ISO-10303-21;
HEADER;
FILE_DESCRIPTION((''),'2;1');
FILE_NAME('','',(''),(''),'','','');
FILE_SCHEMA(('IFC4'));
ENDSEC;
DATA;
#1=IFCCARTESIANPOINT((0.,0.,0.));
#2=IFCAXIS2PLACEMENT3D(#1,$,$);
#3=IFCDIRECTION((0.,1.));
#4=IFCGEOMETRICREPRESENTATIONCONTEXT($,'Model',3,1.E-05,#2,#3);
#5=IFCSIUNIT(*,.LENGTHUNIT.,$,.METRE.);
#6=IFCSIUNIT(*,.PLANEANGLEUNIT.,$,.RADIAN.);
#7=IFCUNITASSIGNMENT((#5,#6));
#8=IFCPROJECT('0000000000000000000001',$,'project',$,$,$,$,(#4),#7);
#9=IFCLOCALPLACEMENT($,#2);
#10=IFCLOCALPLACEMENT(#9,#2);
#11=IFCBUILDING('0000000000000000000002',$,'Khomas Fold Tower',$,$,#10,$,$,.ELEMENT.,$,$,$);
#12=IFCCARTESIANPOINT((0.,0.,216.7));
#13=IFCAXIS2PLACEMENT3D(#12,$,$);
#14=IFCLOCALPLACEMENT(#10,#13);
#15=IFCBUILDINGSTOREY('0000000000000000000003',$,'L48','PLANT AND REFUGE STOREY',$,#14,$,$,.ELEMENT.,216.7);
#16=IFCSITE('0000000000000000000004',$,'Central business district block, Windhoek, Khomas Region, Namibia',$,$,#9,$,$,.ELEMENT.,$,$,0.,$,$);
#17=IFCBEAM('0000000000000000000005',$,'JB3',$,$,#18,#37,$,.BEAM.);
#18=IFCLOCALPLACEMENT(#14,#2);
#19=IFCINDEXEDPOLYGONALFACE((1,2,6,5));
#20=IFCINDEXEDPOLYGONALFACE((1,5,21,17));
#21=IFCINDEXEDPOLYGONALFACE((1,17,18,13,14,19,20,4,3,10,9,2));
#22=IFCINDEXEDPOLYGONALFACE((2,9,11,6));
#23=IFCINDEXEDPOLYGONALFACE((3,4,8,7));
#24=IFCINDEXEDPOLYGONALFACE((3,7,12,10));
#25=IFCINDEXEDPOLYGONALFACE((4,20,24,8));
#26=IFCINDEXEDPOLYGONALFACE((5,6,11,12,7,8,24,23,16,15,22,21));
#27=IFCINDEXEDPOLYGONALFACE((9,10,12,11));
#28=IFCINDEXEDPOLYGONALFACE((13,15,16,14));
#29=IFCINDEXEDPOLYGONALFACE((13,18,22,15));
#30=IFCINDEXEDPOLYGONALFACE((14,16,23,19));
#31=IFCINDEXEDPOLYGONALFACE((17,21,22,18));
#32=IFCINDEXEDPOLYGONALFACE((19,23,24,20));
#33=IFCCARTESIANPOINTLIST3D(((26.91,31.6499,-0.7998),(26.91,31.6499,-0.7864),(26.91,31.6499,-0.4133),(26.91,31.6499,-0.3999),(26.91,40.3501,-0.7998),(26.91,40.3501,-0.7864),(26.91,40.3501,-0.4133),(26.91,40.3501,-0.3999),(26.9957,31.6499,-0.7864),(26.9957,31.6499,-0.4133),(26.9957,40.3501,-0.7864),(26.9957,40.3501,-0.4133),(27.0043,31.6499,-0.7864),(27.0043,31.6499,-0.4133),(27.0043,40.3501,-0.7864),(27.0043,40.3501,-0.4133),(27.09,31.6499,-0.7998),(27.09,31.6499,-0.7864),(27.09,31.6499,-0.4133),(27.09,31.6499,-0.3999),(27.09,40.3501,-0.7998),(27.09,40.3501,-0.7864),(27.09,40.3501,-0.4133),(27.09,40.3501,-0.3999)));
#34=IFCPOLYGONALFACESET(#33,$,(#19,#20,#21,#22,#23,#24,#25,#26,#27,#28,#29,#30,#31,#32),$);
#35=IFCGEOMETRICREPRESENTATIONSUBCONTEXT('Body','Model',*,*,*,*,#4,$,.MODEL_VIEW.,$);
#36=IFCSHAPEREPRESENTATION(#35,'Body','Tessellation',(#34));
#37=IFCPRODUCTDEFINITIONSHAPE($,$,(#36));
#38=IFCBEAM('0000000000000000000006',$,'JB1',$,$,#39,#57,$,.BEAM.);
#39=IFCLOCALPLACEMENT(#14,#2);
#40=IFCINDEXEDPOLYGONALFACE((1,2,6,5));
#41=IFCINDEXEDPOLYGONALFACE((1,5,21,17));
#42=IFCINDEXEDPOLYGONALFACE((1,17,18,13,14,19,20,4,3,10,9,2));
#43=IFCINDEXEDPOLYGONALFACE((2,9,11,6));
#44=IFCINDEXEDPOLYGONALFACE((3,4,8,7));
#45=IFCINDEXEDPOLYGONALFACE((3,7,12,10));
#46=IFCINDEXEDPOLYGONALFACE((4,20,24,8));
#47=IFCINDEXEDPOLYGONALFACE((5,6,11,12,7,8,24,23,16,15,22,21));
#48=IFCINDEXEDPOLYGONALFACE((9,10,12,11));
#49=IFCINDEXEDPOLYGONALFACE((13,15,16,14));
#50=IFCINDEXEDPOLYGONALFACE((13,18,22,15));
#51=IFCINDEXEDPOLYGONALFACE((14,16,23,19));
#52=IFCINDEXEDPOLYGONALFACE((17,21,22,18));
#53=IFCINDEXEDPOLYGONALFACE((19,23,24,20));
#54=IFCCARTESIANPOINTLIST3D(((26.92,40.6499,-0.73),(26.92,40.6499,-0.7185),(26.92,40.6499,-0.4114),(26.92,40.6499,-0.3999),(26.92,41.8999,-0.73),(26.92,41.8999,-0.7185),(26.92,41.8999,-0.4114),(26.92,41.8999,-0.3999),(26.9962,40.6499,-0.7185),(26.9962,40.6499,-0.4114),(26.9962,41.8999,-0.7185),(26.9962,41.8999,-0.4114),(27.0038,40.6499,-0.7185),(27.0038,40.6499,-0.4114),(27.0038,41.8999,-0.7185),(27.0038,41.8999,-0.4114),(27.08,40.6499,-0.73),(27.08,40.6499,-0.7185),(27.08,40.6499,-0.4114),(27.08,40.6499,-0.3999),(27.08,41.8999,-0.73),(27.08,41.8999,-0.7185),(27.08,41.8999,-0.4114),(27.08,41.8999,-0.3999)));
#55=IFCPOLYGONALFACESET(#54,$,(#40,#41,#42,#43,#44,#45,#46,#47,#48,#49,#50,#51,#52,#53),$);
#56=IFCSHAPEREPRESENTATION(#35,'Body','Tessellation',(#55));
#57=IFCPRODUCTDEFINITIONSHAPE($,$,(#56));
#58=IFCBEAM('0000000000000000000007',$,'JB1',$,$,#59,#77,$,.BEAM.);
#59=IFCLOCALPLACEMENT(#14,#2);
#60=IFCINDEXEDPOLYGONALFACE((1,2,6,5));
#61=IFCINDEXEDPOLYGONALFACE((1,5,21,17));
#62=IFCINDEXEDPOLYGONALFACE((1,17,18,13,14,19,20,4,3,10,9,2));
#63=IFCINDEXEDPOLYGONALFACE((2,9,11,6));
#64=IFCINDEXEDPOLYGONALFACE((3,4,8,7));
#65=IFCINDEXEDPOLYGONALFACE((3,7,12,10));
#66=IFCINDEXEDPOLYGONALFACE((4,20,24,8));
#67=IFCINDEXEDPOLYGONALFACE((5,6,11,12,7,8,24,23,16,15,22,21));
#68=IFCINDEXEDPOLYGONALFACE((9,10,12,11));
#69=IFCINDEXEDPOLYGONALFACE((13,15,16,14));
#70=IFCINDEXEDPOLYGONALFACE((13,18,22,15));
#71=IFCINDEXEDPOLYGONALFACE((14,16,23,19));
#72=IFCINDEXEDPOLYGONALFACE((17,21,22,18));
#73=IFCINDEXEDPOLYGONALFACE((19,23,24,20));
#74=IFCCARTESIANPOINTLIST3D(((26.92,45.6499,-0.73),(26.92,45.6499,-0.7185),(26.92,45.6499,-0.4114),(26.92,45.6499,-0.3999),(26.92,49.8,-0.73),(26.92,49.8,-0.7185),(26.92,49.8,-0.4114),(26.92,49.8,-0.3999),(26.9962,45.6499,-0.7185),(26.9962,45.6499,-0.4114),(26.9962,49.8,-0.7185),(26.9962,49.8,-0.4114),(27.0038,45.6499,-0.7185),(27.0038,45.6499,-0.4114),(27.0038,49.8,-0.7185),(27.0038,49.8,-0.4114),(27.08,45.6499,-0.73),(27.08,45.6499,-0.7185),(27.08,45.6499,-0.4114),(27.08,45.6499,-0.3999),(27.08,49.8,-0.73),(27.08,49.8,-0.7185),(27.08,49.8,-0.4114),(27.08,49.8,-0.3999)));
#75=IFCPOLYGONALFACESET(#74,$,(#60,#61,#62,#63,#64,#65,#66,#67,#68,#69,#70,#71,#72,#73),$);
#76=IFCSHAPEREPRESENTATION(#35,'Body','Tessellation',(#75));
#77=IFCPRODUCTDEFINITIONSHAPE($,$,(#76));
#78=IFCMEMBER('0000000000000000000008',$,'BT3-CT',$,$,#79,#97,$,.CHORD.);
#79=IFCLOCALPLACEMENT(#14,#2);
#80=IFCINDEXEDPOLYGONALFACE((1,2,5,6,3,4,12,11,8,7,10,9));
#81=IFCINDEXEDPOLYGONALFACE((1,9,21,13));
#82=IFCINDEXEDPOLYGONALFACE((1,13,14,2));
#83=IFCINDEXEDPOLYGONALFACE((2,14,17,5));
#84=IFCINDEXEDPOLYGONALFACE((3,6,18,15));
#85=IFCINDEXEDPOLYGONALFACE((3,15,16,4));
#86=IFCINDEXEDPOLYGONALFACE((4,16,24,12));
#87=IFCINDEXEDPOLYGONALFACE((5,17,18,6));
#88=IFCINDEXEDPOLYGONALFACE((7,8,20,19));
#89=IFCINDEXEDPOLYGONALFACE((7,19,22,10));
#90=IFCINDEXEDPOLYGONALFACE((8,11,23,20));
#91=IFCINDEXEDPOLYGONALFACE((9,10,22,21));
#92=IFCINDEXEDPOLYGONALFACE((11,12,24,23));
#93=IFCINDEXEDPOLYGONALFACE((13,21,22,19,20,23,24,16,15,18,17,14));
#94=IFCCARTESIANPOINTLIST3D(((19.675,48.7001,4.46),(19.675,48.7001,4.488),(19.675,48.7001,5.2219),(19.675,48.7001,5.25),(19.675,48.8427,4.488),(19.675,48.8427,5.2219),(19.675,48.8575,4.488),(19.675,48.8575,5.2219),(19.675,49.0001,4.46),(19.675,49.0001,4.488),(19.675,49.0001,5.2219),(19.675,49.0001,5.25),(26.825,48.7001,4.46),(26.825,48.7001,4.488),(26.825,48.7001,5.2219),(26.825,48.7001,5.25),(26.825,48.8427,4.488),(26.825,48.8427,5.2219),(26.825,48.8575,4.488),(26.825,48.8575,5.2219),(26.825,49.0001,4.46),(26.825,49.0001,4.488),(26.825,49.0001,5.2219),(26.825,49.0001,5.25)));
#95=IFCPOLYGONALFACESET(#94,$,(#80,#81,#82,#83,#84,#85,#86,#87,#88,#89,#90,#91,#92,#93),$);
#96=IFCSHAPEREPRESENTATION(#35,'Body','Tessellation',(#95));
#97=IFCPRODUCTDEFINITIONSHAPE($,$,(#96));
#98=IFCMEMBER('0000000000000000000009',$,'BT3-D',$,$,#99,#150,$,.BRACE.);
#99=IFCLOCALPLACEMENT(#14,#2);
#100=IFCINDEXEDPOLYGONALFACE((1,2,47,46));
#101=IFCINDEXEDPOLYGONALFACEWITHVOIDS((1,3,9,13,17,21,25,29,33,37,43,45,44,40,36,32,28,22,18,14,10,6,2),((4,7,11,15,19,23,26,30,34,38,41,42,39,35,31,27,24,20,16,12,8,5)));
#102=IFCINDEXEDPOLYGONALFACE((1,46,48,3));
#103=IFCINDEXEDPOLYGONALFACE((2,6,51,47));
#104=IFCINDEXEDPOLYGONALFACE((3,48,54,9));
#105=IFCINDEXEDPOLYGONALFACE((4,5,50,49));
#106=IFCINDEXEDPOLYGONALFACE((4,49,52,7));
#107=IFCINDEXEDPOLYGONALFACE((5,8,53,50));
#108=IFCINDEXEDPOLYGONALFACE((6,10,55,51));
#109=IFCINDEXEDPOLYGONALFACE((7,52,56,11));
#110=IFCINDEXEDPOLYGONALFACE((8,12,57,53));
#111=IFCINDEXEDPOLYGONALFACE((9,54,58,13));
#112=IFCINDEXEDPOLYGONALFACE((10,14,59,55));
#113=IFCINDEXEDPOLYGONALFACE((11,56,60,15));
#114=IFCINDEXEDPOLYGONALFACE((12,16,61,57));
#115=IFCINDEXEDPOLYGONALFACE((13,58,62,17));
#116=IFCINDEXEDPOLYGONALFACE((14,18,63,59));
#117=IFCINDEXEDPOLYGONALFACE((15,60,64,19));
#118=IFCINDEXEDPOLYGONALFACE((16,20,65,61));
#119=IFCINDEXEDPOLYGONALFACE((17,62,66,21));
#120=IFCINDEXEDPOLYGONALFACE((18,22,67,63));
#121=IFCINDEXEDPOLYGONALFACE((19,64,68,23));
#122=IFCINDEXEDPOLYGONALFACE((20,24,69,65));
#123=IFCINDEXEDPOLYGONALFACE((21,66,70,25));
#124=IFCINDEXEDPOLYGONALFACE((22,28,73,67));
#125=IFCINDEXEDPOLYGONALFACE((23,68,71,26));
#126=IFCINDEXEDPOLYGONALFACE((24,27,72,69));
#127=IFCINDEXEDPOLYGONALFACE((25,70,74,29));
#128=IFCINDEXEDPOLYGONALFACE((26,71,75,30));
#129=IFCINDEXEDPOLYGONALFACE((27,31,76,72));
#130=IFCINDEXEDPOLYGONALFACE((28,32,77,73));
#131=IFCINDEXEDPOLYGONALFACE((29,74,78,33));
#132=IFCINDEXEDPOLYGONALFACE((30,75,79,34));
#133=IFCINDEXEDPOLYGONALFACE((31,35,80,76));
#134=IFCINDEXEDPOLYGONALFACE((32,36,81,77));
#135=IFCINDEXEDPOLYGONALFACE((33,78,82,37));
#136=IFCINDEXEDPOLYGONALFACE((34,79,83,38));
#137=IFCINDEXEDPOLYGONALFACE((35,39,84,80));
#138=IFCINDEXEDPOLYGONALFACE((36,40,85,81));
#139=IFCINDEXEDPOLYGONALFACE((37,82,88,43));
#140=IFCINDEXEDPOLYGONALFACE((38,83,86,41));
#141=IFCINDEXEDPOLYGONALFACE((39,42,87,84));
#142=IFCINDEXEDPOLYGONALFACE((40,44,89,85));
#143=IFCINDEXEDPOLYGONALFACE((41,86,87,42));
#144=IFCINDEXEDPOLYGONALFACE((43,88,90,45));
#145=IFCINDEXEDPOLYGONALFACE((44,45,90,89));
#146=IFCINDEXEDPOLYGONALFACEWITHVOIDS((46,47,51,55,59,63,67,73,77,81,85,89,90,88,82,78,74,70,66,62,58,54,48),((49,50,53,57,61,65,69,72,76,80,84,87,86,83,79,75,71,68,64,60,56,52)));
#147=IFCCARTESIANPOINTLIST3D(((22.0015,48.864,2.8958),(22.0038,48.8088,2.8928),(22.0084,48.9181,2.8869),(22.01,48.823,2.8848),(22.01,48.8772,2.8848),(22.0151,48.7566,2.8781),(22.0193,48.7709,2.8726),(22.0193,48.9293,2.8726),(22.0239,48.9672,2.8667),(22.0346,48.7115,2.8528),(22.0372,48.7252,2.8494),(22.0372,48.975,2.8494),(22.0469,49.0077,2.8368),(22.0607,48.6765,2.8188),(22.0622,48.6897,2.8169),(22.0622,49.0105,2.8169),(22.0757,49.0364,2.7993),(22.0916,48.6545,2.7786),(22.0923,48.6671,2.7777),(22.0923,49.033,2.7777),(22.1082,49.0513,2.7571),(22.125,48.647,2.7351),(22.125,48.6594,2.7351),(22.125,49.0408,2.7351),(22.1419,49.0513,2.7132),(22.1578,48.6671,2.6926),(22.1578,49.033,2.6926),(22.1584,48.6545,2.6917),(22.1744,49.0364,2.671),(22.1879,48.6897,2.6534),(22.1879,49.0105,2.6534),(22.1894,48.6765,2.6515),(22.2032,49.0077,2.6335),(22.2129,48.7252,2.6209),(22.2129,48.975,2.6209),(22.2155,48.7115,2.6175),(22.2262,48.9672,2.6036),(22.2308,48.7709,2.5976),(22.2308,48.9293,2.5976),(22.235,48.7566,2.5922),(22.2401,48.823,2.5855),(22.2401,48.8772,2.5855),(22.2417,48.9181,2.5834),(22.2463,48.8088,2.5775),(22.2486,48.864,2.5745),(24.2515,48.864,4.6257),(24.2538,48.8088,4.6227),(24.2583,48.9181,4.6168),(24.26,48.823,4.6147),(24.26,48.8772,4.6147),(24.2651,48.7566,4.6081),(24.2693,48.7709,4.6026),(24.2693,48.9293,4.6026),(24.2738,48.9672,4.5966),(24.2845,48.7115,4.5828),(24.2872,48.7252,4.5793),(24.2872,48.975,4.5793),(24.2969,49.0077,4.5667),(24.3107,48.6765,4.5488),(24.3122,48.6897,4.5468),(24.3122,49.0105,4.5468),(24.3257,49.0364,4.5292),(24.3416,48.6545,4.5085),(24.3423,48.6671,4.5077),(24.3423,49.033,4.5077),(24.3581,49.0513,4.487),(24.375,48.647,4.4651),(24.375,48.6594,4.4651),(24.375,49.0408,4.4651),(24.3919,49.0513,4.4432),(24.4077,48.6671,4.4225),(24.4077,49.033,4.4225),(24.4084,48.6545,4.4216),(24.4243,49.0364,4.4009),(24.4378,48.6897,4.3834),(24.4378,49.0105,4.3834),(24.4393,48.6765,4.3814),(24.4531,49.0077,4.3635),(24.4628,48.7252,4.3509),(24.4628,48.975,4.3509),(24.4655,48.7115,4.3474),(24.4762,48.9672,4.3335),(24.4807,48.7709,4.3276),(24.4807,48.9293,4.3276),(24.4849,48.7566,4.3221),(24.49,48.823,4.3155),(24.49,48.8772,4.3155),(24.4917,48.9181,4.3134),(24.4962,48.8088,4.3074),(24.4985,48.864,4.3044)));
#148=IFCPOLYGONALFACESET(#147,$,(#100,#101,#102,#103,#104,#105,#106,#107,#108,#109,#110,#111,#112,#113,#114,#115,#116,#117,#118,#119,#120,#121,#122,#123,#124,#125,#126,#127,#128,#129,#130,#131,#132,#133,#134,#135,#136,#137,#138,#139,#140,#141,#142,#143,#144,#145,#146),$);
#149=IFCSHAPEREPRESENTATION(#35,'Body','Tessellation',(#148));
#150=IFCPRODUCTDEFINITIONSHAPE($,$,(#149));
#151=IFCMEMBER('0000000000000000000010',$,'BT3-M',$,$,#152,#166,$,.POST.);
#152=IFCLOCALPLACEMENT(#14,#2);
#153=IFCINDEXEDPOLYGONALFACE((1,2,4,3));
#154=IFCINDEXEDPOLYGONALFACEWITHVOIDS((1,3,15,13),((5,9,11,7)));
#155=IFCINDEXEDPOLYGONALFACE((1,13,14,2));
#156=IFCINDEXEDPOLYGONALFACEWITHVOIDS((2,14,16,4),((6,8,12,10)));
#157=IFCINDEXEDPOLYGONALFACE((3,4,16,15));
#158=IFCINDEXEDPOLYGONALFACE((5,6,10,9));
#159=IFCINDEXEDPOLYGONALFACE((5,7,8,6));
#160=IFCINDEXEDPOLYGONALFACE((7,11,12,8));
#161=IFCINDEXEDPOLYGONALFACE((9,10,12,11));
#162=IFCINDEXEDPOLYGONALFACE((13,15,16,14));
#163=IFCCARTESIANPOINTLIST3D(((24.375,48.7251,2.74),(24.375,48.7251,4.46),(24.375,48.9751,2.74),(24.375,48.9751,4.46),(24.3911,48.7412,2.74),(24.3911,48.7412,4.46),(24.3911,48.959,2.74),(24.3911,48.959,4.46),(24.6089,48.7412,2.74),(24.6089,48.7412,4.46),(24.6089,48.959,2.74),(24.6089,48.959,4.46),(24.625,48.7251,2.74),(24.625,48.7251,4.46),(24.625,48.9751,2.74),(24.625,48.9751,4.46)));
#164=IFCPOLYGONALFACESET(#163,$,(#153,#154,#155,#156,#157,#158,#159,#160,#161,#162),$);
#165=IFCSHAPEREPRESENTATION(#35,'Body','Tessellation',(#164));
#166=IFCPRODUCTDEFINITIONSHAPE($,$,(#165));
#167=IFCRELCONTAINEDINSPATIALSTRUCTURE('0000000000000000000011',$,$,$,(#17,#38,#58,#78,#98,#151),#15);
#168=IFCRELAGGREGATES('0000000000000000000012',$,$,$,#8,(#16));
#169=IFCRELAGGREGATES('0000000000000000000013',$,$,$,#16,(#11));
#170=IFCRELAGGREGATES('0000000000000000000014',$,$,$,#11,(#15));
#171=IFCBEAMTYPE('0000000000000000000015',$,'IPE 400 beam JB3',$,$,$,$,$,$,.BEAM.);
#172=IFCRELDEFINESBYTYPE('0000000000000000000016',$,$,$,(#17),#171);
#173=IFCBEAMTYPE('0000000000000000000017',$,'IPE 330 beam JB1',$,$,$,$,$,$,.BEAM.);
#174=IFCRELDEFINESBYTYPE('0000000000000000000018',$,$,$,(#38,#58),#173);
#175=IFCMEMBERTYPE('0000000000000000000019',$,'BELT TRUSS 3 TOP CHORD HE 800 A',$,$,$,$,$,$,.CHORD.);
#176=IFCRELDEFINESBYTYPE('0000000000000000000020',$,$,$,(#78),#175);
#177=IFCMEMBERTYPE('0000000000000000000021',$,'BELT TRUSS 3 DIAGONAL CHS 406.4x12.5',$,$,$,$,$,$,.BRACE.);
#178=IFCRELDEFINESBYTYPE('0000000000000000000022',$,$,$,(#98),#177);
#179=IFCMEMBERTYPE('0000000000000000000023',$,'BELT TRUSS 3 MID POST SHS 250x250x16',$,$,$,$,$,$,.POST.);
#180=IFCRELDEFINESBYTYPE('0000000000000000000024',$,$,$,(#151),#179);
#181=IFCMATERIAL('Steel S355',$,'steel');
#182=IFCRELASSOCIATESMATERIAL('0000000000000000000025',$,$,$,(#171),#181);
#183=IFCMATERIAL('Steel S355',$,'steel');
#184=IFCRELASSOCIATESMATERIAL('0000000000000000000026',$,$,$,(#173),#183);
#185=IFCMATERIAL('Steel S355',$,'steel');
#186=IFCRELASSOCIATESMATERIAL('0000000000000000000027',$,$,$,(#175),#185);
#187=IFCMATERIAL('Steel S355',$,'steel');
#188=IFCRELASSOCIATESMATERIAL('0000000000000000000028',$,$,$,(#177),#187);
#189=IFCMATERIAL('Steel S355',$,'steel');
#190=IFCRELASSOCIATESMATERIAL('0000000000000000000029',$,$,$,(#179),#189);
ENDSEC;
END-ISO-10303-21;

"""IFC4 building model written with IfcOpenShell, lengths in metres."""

from ifc_helpers import new_model, si_unit, direction, frame, origin, origin_2d, place, context, subcontext, project, spatial, hollow_rectangle, hollow_circle, i_section, extrude, source, transform, mapped, material, material_profile, profile_set, type_object, element, save


model = new_model("IFC4")

# Units and contexts
model_context = context("Model", 3, precision=1e-05, world=origin(), true_north=direction((0.0, 1.0)))
body_context = subcontext(model_context, "Body", "Model", "MODEL_VIEW")
ifc_project = project(units=[si_unit("LENGTHUNIT", "METRE"), si_unit("PLANEANGLEUNIT", "RADIAN")], contexts=[model_context])

# Site, building, storey
site_placement = place(None, origin())
site = spatial("IfcSite", under=ifc_project, at=site_placement, Name="Central business district block, Windhoek, Khomas Region, Namibia", CompositionType="ELEMENT", RefElevation=0.0)
building_placement = place(site_placement, origin())
building = spatial("IfcBuilding", under=site, at=building_placement, Name="Khomas Fold Tower", CompositionType="ELEMENT")
storey_placement = place(building_placement, frame((0.0, 0.0, 216.7)))
storey = spatial("IfcBuildingStorey", under=building, at=storey_placement, Name="L48", Description="PLANT AND REFUGE STOREY", CompositionType="ELEMENT", Elevation=216.7)

# Beams
ifc_material_1 = material(Name="Steel S355", Category="steel")
ifc_material_profile_1 = material_profile(ifc_material_1, i_section(OverallWidth=0.1799, OverallDepth=0.3999, WebThickness=0.0085, FlangeThickness=0.0134, at=origin_2d()), Name="IPE 400")
ifc_profile_set_1 = profile_set([ifc_material_profile_1], Name="Steel S355")
beam_type_1 = type_object("IfcBeamType", Name="IPE 400 beam JB3", PredefinedType="BEAM", material=ifc_profile_set_1)
shared_shape_1 = source(origin(), body_context, "Body", "SweptSolid", [
    extrude(i_section(OverallWidth=0.1799, OverallDepth=0.3999, WebThickness=0.0085, FlangeThickness=0.0134, at=origin_2d()), origin(), (0.0, 0.0, 1.0), 8.7002),
])
beam_1_placement = place(storey_placement, frame((27.0, 31.6499, -0.5999), z_axis=(0.0, 1.0, 0.0), x_axis=(-1.0, 0.0, 0.0)))
element("IfcBeam", 1, at=beam_1_placement, inside=storey, type_object=beam_type_1, Name="JB3", PredefinedType="BEAM", context=body_context, shape_type="MappedRepresentation", body=[
    mapped(shared_shape_1, transform((0.0, 0.0, 0.0))),
])
ifc_material_2 = material(Name="Steel S355", Category="steel")
ifc_material_profile_2 = material_profile(ifc_material_2, i_section(OverallWidth=0.1599, OverallDepth=0.3301, WebThickness=0.0076, FlangeThickness=0.0115, at=origin_2d()), Name="IPE 330")
ifc_profile_set_2 = profile_set([ifc_material_profile_2], Name="Steel S355")
beam_type_2 = type_object("IfcBeamType", Name="IPE 330 beam JB1", PredefinedType="BEAM", material=ifc_profile_set_2)
shared_shape_2 = source(origin(), body_context, "Body", "SweptSolid", [
    extrude(i_section(OverallWidth=0.1599, OverallDepth=0.3301, WebThickness=0.0076, FlangeThickness=0.0115, at=origin_2d()), origin(), (0.0, 0.0, 1.0), 1.25),
])
beam_2_placement = place(storey_placement, frame((27.0, 40.6499, -0.5649), z_axis=(0.0, 1.0, 0.0), x_axis=(-1.0, 0.0, 0.0)))
element("IfcBeam", 2, at=beam_2_placement, inside=storey, type_object=beam_type_2, Name="JB1", PredefinedType="BEAM", context=body_context, shape_type="MappedRepresentation", body=[
    mapped(shared_shape_2, transform((0.0, 0.0, 0.0))),
])
shared_shape_3 = source(origin(), body_context, "Body", "SweptSolid", [
    extrude(i_section(OverallWidth=0.1599, OverallDepth=0.3301, WebThickness=0.0076, FlangeThickness=0.0115, at=origin_2d()), origin(), (0.0, 0.0, 1.0), 4.1501),
])
beam_3_placement = place(storey_placement, frame((27.0, 45.6499, -0.5649), z_axis=(0.0, 1.0, 0.0), x_axis=(-1.0, 0.0, 0.0)))
element("IfcBeam", 3, at=beam_3_placement, inside=storey, type_object=beam_type_2, Name="JB1", PredefinedType="BEAM", context=body_context, shape_type="MappedRepresentation", body=[
    mapped(shared_shape_3, transform((0.0, 0.0, 0.0))),
])

# Members
ifc_material_3 = material(Name="Steel S355", Category="steel")
ifc_material_profile_3 = material_profile(ifc_material_3, i_section(OverallWidth=0.3, OverallDepth=0.79, WebThickness=0.0149, FlangeThickness=0.0281, at=origin_2d()), Name="HE 800 A")
ifc_profile_set_3 = profile_set([ifc_material_profile_3], Name="Steel S355")
member_type_1 = type_object("IfcMemberType", Name="BELT TRUSS 3 TOP CHORD HE 800 A", PredefinedType="CHORD", material=ifc_profile_set_3)
shared_shape_4 = source(origin(), body_context, "Body", "SweptSolid", [
    extrude(i_section(OverallWidth=0.3, OverallDepth=0.79, WebThickness=0.0149, FlangeThickness=0.0281, at=origin_2d()), origin(), (0.0, 0.0, 1.0), 7.1499),
])
member_1_placement = place(storey_placement, frame((26.825, 48.8501, 4.855), z_axis=(-1.0, 0.0, 0.0), x_axis=(0.0, -1.0, 0.0)))
element("IfcMember", 4, at=member_1_placement, inside=storey, type_object=member_type_1, Name="BT3-CT", PredefinedType="CHORD", context=body_context, shape_type="MappedRepresentation", body=[
    mapped(shared_shape_4, transform((0.0, 0.0, 0.0))),
])
ifc_material_4 = material(Name="Steel S355", Category="steel")
ifc_material_profile_4 = material_profile(ifc_material_4, hollow_circle(Radius=0.2031, WallThickness=0.0125, at=origin_2d()), Name="CHS 406.4x12.5")
ifc_profile_set_4 = profile_set([ifc_material_profile_4], Name="Steel S355")
member_type_2 = type_object("IfcMemberType", Name="BELT TRUSS 3 DIAGONAL CHS 406.4x12.5", PredefinedType="BRACE", material=ifc_profile_set_4)
shared_shape_5 = source(origin(), body_context, "Body", "SweptSolid", [
    extrude(hollow_circle(Radius=0.2031, WallThickness=0.0125, at=origin_2d()), origin(), (0.0, 0.0, 1.0), 2.8381),
])
member_2_placement = place(storey_placement, frame((24.375, 48.8501, 4.4651), z_axis=(-0.792758, 0.0, -0.609536), x_axis=(0.0, -1.0, 0.0)))
element("IfcMember", 5, at=member_2_placement, inside=storey, type_object=member_type_2, Name="BT3-D", PredefinedType="BRACE", context=body_context, shape_type="MappedRepresentation", body=[
    mapped(shared_shape_5, transform((0.0, 0.0, 0.0))),
])
ifc_material_5 = material(Name="Steel S355", Category="steel")
ifc_material_profile_5 = material_profile(ifc_material_5, hollow_rectangle(XDim=0.25, YDim=0.25, WallThickness=0.0161, at=origin_2d()), Name="SHS 250x250x16")
ifc_profile_set_5 = profile_set([ifc_material_profile_5], Name="Steel S355")
member_type_3 = type_object("IfcMemberType", Name="BELT TRUSS 3 MID POST SHS 250x250x16", PredefinedType="POST", material=ifc_profile_set_5)
shared_shape_6 = source(origin(), body_context, "Body", "SweptSolid", [
    extrude(hollow_rectangle(XDim=0.25, YDim=0.25, WallThickness=0.0161, at=origin_2d()), origin(), (0.0, 0.0, 1.0), 1.72),
])
member_3_placement = place(storey_placement, frame((24.5, 48.8501, 2.74), z_axis=(0.0, 0.0, 1.0), x_axis=(1.0, 0.0, 0.0)))
element("IfcMember", 6, at=member_3_placement, inside=storey, type_object=member_type_3, Name="BT3-M", PredefinedType="POST", context=body_context, shape_type="MappedRepresentation", body=[
    mapped(shared_shape_6, transform((0.0, 0.0, 0.0))),
])

save(model, "model.ifc")
